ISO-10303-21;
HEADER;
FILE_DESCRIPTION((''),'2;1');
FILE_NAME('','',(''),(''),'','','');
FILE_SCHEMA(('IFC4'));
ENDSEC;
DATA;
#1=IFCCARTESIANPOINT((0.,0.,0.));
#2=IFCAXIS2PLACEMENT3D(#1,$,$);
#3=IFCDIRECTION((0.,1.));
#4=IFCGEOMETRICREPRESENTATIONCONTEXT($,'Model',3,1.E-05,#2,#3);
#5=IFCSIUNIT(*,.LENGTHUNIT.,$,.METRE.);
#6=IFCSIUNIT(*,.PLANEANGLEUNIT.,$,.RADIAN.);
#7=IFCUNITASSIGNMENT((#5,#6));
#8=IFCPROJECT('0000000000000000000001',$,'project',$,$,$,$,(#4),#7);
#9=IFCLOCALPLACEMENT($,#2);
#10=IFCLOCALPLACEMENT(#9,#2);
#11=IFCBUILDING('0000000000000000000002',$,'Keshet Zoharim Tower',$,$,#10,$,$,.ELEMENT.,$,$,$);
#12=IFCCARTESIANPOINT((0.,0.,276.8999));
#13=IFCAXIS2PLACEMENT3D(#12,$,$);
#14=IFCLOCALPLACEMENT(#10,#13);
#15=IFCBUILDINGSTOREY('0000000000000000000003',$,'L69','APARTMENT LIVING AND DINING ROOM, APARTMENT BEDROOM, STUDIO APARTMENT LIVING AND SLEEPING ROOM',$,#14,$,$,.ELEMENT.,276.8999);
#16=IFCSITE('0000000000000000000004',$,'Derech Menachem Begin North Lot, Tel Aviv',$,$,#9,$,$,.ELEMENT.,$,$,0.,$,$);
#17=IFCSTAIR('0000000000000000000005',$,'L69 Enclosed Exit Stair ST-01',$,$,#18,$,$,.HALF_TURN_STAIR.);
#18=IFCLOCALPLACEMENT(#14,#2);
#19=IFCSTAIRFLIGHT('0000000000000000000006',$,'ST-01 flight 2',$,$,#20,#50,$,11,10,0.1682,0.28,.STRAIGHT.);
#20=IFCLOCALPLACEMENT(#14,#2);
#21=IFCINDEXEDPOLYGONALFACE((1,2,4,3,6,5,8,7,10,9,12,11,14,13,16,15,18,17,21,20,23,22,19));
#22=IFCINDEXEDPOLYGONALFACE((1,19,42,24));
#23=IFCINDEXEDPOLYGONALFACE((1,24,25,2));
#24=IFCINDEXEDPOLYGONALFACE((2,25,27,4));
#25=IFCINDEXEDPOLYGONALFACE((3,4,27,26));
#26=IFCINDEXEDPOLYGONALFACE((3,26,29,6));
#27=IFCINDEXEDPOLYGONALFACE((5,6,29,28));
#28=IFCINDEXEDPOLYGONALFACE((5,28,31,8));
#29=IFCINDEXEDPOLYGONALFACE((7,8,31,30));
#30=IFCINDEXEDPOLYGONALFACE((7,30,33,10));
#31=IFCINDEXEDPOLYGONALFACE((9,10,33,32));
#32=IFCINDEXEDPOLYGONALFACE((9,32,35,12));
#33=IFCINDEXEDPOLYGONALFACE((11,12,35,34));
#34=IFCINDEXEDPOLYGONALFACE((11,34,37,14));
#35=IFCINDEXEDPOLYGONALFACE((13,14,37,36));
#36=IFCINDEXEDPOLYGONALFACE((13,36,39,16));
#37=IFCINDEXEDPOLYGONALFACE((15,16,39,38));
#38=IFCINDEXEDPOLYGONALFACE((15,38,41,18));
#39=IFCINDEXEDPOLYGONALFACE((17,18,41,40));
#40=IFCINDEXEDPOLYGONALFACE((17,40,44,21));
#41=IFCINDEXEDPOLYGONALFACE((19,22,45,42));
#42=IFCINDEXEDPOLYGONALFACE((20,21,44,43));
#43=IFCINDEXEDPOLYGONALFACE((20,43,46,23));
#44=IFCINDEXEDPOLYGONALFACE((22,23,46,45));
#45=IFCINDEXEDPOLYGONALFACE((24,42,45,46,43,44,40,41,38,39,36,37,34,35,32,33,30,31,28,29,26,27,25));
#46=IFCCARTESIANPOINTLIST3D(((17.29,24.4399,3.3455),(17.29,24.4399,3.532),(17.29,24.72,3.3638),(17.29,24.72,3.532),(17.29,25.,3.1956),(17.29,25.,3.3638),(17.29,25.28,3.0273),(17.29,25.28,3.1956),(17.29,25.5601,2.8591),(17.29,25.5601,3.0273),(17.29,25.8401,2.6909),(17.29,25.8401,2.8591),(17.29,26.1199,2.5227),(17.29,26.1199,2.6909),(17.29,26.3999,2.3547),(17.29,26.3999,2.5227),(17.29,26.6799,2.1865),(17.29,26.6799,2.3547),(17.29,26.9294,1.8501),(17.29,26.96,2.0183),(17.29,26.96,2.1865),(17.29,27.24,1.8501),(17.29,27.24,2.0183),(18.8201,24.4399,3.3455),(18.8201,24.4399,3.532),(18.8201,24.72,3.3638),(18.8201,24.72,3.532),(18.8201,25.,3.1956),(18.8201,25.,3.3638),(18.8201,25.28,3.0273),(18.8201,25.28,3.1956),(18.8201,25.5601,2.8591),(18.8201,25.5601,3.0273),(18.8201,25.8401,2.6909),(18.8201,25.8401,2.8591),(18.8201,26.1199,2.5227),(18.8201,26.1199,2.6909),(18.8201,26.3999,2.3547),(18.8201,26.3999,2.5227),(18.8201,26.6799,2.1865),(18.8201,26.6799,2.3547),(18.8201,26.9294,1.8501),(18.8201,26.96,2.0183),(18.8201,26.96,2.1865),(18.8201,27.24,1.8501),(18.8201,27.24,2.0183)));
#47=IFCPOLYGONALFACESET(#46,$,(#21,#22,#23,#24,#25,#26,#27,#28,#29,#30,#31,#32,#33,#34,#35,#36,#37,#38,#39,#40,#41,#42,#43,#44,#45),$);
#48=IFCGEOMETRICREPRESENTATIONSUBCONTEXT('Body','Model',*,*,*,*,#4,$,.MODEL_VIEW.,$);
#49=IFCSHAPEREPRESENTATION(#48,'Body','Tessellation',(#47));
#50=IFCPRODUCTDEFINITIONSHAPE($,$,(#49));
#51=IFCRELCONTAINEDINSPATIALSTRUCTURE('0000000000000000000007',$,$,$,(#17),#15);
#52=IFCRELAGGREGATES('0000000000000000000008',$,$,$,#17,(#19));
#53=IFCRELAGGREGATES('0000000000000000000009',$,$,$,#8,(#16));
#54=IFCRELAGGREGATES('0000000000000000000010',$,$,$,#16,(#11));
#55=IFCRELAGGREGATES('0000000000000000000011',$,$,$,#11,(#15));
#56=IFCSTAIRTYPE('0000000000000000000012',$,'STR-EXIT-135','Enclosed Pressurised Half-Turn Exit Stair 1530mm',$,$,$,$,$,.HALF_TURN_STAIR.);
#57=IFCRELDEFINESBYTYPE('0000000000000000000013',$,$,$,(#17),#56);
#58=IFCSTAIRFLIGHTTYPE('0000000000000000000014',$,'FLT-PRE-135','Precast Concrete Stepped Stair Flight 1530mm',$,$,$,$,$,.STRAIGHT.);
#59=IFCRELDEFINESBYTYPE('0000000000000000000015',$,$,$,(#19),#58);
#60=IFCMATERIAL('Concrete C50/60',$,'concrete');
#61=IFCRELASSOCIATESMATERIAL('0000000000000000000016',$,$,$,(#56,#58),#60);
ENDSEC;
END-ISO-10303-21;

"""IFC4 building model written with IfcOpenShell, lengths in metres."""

from ifc_helpers import new_model, si_unit, direction, frame, origin, place, context, subcontext, project, spatial, polyline, outline, extrude, material, type_object, element, aggregate, save


model = new_model("IFC4")

# Units and contexts
model_context = context("Model", 3, precision=1e-05, world=origin(), true_north=direction((0.0, 1.0)))
body_context = subcontext(model_context, "Body", "Model", "MODEL_VIEW")
ifc_project = project(units=[si_unit("LENGTHUNIT", "METRE"), si_unit("PLANEANGLEUNIT", "RADIAN")], contexts=[model_context])

# Site, building, storey
site_placement = place(None, origin())
site = spatial("IfcSite", under=ifc_project, at=site_placement, Name="Derech Menachem Begin North Lot, Tel Aviv", CompositionType="ELEMENT", RefElevation=0.0)
building_placement = place(site_placement, origin())
building = spatial("IfcBuilding", under=site, at=building_placement, Name="Keshet Zoharim Tower", CompositionType="ELEMENT")
storey_placement = place(building_placement, frame((0.0, 0.0, 276.8999)))
storey = spatial("IfcBuildingStorey", under=building, at=storey_placement, Name="L69", Description="APARTMENT LIVING AND DINING ROOM, APARTMENT BEDROOM, STUDIO APARTMENT LIVING AND SLEEPING ROOM", CompositionType="ELEMENT", Elevation=276.8999)

# Shared definitions
ifc_material_1 = material(Name="Concrete C50/60", Category="concrete")

# Stair, stair flight
stair_type = type_object("IfcStairType", Name="STR-EXIT-135", Description="Enclosed Pressurised Half-Turn Exit Stair 1530mm", PredefinedType="HALF_TURN_STAIR", material=ifc_material_1)
stair_placement = place(storey_placement, origin())
stair = element("IfcStair", 1, at=stair_placement, inside=storey, type_object=stair_type, Name="L69 Enclosed Exit Stair ST-01", PredefinedType="HALF_TURN_STAIR")
stair_flight_type = type_object("IfcStairFlightType", Name="FLT-PRE-135", Description="Precast Concrete Stepped Stair Flight 1530mm", PredefinedType="STRAIGHT", material=ifc_material_1)
stair_flight_1_placement = place(storey_placement, frame((18.0549, 27.24, 1.8501), z_axis=(0.0, 0.0, 1.0), x_axis=(0.0, -1.0, 0.0)))
stair_flight_1 = element("IfcStairFlight", 2, at=stair_flight_1_placement, type_object=stair_flight_type, Name="ST-01 flight 2", NumberOfRisers=11, NumberOfTreads=10, PredefinedType="STRAIGHT", RiserHeight=0.1682, TreadLength=0.28, context=body_context, shape_type="SweptSolid", body=[
    extrude(outline(polyline([(0.0, 0.0), (0.0, 0.1682), (0.28, 0.1682), (0.28, 0.3364), (0.5601, 0.3364), (0.5601, 0.5046), (0.8401, 0.5046), (0.8401, 0.6726), (1.1201, 0.6726), (1.1201, 0.8408), (1.3999, 0.8408), (1.3999, 1.009), (1.6799, 1.009), (1.6799, 1.1772), (1.96, 1.1772), (1.96, 1.3455), (2.24, 1.3455), (2.24, 1.5137), (2.52, 1.5137), (2.52, 1.6819), (2.8, 1.6819), (2.8, 1.8501), (2.8, 1.4954), (0.3105, 0.0), (0.0, 0.0)])), frame((0.0, 0.7651, 0.0), z_axis=(0.0, -1.0, 0.0), x_axis=(1.0, 0.0, 0.0)), (0.0, 0.0, 1.0), 1.53),
])
aggregate(stair, [stair_flight_1])

save(model, "model.ifc")
